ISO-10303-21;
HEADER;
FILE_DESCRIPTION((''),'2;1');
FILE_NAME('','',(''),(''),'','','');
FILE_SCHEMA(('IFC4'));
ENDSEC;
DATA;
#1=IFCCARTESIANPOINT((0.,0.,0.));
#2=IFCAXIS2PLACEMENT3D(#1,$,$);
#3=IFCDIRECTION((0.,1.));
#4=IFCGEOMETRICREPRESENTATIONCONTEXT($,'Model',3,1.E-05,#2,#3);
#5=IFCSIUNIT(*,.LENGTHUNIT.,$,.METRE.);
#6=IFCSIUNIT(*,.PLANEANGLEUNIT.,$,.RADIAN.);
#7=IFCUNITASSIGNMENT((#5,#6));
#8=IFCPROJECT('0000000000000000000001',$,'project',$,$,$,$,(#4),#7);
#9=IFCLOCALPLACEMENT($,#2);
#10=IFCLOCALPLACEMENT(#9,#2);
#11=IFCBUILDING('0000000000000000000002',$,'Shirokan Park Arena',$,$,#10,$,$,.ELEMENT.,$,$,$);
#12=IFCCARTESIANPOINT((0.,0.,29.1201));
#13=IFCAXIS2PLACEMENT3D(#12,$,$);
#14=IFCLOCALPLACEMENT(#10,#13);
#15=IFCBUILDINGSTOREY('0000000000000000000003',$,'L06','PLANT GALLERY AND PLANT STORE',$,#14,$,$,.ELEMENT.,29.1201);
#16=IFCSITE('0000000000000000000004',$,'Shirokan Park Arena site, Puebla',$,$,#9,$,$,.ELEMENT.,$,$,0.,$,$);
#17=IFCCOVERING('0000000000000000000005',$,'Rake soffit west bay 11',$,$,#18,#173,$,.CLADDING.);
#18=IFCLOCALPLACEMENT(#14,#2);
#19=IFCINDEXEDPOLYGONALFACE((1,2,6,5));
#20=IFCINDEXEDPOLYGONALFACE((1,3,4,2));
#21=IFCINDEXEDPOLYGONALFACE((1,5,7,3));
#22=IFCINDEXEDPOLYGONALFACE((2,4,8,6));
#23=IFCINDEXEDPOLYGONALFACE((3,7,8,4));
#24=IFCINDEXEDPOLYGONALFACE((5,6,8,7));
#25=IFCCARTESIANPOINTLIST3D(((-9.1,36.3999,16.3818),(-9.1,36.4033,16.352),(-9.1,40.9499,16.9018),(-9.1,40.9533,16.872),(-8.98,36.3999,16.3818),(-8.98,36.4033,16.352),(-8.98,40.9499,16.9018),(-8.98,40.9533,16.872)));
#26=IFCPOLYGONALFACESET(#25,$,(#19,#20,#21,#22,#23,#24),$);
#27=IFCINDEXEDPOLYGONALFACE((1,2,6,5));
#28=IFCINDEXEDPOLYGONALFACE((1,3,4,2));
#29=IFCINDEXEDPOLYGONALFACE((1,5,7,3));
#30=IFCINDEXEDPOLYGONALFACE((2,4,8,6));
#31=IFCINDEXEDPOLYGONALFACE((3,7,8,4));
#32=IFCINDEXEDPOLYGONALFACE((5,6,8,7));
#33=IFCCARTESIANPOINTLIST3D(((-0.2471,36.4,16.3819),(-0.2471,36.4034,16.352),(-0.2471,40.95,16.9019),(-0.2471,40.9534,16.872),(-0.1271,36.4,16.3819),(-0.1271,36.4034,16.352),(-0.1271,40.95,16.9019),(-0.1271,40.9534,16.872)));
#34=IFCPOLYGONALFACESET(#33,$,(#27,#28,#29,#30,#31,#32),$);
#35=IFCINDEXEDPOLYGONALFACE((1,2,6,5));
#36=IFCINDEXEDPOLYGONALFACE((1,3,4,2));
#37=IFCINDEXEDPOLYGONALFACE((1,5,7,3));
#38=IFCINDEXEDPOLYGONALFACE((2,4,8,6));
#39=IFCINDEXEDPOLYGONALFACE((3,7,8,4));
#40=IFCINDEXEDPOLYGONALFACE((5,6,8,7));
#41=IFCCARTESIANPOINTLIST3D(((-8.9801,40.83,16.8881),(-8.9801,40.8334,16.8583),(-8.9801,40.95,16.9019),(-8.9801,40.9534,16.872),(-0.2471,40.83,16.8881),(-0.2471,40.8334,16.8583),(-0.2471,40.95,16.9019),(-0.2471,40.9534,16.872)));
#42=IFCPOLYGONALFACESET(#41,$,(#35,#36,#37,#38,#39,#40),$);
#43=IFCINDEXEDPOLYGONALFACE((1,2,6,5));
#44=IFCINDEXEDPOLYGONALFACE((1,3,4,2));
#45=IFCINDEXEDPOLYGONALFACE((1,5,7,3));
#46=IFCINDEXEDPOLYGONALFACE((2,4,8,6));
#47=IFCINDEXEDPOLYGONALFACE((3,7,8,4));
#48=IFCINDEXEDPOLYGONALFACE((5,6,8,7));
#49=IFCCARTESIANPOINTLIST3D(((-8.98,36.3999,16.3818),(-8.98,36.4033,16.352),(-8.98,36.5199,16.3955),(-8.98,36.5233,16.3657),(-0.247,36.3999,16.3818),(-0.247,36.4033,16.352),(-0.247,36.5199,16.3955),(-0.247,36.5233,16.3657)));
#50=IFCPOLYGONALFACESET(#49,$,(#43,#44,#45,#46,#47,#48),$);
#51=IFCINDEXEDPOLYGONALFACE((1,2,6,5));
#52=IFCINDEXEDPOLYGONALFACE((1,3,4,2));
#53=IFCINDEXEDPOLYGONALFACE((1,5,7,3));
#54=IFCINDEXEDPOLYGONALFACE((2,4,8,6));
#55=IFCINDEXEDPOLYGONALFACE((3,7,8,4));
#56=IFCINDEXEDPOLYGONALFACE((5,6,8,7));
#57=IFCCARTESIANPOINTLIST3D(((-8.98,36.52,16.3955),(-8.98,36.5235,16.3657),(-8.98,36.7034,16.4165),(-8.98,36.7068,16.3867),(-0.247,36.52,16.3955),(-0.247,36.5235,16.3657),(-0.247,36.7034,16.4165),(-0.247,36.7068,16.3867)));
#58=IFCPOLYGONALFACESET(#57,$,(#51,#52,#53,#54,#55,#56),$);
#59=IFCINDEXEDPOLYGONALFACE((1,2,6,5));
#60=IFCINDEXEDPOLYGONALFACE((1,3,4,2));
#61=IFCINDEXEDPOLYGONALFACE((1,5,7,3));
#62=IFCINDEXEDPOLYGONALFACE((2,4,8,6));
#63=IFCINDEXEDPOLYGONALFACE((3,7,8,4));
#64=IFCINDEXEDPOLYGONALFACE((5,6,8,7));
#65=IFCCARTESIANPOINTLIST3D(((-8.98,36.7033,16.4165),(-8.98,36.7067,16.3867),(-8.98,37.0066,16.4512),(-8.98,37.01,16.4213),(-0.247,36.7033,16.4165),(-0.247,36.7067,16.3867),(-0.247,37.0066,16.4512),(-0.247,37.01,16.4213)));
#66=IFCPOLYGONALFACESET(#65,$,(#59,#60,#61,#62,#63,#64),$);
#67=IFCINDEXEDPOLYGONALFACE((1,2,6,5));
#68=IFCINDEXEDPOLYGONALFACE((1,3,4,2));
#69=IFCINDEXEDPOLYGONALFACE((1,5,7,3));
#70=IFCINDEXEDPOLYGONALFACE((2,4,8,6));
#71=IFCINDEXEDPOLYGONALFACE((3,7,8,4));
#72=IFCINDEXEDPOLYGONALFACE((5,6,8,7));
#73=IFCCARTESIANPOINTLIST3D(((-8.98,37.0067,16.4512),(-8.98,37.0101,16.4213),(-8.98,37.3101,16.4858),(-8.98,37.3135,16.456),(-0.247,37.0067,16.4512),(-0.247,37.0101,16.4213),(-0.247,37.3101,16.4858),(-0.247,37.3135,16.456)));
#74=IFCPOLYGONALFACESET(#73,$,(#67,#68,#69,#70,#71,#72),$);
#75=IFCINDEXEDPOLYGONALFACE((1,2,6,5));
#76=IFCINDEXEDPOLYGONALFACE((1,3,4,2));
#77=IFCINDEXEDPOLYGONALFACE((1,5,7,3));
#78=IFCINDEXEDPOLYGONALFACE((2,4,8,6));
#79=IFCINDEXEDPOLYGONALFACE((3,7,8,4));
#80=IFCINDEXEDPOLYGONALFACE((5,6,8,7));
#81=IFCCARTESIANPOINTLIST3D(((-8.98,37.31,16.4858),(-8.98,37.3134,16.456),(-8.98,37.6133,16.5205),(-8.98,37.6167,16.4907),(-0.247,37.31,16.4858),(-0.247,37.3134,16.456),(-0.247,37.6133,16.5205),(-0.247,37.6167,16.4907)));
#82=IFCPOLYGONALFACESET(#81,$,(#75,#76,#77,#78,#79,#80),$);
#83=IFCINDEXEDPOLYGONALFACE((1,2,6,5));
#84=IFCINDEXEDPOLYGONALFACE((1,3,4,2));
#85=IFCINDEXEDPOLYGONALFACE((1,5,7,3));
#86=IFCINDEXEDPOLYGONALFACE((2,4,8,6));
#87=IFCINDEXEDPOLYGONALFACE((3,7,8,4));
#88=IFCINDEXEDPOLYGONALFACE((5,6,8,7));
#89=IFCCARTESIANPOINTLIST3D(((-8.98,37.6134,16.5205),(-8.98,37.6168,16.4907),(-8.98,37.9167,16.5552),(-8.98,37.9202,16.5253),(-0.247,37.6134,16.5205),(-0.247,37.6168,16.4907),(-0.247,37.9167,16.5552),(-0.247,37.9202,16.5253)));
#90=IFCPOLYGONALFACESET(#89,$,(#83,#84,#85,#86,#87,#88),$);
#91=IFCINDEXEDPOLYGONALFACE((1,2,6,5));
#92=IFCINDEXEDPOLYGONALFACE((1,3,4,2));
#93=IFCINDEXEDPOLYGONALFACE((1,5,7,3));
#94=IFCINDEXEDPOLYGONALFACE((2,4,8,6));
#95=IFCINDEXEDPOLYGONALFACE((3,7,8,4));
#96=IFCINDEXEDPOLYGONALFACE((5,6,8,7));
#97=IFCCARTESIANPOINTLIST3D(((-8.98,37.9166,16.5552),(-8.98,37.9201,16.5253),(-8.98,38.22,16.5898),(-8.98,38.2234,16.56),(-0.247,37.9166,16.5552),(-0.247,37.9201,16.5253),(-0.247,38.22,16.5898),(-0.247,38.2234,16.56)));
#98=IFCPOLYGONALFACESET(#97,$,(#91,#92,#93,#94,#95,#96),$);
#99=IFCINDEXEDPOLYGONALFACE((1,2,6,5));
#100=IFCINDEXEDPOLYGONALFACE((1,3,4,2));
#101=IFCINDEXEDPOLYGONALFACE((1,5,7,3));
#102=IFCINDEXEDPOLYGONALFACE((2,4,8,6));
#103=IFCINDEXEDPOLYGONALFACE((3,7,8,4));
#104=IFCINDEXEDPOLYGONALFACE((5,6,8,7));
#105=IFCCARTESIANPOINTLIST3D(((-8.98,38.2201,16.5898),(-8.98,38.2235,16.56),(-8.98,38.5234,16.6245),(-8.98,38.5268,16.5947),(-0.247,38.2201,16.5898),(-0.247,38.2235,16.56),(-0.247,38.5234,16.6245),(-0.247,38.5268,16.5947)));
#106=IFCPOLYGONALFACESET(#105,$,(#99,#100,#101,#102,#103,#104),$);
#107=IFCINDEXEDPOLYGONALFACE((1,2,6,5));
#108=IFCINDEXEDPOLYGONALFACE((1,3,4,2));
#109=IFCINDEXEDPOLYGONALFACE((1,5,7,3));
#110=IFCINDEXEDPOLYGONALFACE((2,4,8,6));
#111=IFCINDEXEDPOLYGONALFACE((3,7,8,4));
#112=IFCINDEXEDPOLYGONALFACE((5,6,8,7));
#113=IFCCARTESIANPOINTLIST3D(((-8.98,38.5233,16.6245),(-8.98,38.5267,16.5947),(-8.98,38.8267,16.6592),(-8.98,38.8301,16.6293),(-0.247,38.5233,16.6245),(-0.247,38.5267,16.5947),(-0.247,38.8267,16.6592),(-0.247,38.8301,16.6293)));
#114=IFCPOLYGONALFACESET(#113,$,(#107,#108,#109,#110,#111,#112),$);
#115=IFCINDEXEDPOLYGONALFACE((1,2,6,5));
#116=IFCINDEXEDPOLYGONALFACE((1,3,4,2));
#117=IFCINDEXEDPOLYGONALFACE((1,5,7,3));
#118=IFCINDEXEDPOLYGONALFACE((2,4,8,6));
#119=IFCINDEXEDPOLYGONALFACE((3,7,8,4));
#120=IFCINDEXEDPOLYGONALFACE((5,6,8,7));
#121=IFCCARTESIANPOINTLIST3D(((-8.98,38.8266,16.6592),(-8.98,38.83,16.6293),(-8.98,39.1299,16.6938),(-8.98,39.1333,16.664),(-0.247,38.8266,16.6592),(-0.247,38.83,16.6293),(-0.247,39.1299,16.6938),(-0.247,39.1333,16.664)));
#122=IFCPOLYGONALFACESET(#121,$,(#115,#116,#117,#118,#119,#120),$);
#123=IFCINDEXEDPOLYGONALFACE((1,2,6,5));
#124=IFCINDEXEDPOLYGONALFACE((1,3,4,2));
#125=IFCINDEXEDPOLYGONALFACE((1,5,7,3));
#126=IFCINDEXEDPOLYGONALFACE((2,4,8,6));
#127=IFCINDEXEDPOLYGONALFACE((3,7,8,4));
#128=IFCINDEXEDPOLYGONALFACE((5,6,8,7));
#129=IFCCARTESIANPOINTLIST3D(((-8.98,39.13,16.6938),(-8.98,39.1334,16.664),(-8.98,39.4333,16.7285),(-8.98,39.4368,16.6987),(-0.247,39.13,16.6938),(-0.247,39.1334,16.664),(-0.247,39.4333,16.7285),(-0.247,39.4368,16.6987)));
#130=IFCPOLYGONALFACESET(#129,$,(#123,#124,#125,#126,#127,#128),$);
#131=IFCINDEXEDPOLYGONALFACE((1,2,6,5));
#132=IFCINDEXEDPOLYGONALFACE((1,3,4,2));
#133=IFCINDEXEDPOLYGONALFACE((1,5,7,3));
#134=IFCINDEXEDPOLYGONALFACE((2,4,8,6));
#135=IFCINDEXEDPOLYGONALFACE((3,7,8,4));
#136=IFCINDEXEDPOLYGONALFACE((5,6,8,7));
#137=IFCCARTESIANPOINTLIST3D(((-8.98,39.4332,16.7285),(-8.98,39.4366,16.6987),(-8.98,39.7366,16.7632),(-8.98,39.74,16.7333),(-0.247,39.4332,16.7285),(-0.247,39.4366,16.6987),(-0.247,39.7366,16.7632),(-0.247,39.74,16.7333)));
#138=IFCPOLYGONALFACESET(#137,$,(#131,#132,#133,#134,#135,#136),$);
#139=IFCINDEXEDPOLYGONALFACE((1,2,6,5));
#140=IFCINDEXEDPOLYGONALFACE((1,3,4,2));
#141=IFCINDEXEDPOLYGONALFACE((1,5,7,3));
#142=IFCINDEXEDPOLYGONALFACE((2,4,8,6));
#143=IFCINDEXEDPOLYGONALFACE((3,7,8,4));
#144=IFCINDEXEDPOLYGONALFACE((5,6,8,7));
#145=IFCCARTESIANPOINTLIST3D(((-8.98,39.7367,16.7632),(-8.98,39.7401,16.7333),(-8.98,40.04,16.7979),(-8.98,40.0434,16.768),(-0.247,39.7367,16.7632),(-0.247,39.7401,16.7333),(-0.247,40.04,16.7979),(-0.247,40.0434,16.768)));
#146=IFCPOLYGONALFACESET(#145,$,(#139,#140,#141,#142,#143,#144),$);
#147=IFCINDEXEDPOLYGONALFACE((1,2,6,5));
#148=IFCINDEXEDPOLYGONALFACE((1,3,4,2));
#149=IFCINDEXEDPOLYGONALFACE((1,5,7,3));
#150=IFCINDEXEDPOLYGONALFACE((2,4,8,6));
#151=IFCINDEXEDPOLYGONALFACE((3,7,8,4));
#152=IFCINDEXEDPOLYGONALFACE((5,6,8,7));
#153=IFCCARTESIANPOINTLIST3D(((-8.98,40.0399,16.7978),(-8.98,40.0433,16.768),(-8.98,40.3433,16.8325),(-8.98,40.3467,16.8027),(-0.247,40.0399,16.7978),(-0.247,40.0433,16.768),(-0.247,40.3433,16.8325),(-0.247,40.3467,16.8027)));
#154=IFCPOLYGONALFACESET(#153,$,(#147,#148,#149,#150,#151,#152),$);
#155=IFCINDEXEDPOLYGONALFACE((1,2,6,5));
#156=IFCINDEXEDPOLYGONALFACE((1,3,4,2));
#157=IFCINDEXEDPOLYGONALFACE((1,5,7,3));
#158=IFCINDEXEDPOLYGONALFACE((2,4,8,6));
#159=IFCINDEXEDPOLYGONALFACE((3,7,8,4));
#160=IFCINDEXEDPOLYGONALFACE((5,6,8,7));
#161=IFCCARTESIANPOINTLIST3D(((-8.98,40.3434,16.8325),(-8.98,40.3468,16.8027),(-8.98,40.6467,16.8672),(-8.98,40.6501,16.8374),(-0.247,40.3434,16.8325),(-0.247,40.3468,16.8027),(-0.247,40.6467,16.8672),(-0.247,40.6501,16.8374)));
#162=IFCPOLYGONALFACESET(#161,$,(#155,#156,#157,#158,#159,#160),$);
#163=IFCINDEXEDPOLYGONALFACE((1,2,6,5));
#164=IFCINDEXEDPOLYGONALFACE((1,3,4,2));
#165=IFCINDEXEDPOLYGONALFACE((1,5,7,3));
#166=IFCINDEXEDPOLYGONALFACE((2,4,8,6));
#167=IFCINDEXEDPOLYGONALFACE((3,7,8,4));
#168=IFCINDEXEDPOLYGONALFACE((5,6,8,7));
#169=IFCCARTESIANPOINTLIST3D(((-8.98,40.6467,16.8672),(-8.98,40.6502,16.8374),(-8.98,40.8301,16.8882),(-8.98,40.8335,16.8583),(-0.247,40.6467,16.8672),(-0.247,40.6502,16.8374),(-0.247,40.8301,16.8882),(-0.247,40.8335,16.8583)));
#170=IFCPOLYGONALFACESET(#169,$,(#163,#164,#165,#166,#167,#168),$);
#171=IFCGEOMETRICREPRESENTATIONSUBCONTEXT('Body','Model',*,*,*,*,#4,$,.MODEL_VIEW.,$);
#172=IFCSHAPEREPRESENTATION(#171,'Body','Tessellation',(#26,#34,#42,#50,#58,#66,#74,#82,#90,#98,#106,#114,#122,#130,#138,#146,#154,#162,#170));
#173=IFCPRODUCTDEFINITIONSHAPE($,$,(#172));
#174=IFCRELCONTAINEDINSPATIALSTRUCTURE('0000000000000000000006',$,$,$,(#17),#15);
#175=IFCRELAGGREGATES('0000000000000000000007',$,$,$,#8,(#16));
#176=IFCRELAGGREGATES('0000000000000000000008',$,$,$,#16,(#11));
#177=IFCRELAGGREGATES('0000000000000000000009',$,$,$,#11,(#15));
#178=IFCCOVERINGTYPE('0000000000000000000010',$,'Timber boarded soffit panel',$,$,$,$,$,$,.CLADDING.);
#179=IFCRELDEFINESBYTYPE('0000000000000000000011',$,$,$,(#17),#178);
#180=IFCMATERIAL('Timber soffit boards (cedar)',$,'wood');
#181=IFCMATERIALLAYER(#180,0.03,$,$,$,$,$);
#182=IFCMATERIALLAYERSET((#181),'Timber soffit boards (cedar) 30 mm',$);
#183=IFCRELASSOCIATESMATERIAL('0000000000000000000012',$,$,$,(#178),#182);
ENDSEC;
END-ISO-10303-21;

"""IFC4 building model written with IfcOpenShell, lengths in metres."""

from ifc_helpers import new_model, si_unit, direction, frame, origin, place, context, subcontext, project, spatial, polyline, outline, extrude, material, layer, layer_set, type_object, element, save


model = new_model("IFC4")

# Units and contexts
model_context = context("Model", 3, precision=1e-05, world=origin(), true_north=direction((0.0, 1.0)))
body_context = subcontext(model_context, "Body", "Model", "MODEL_VIEW")
ifc_project = project(units=[si_unit("LENGTHUNIT", "METRE"), si_unit("PLANEANGLEUNIT", "RADIAN")], contexts=[model_context])

# Site, building, storey
site_placement = place(None, origin())
site = spatial("IfcSite", under=ifc_project, at=site_placement, Name="Shirokan Park Arena site, Puebla", CompositionType="ELEMENT", RefElevation=0.0)
building_placement = place(site_placement, origin())
building = spatial("IfcBuilding", under=site, at=building_placement, Name="Shirokan Park Arena", CompositionType="ELEMENT")
storey_placement = place(building_placement, frame((0.0, 0.0, 29.1201)))
storey = spatial("IfcBuildingStorey", under=building, at=storey_placement, Name="L06", Description="PLANT GALLERY AND PLANT STORE", CompositionType="ELEMENT", Elevation=29.1201)

# Covering
ifc_material = material(Name="Timber soffit boards (cedar)", Category="wood")
ifc_layer = layer(ifc_material, 0.03)
ifc_layer_set = layer_set([ifc_layer], Name="Timber soffit boards (cedar) 30 mm")
covering_type = type_object("IfcCoveringType", Name="Timber boarded soffit panel", PredefinedType="CLADDING", material=ifc_layer_set)
covering_1_placement = place(storey_placement, origin())
element("IfcCovering", 1, at=covering_1_placement, inside=storey, type_object=covering_type, Name="Rake soffit west bay 11", PredefinedType="CLADDING", context=body_context, shape_type="SweptSolid", body=[
    extrude(outline(polyline([(0.0, 0.0), (0.12, 0.0), (0.12, -4.5796), (0.0, -4.5796), (0.0, 0.0)])), frame((-8.98, 36.3999, 16.3818), z_axis=(0.0, -0.113547, 0.993533), x_axis=(-1.0, 0.0, 0.0)), (0.0, 0.0, -1.0), 0.03),
    extrude(outline(polyline([(0.0, 0.0), (0.12, 0.0), (0.12, -4.5796), (0.0, -4.5796), (0.0, 0.0)])), frame((-0.2471, 40.95, 16.9019), z_axis=(0.0, -0.113547, 0.993533), x_axis=(1.0, 0.0, 0.0)), (0.0, 0.0, -1.0), 0.03),
    extrude(outline(polyline([(0.0, 0.0), (0.1208, 0.0), (0.1208, -8.733), (0.0, -8.733), (0.0, 0.0)])), frame((-0.2471, 40.95, 16.9019), z_axis=(0.0, -0.113512, 0.993537), x_axis=(0.0, -0.993537, -0.113512)), (0.0, 0.0, -1.0), 0.03),
    extrude(outline(polyline([(0.0, 0.0), (0.1208, 0.0), (0.1208, -8.733), (0.0, -8.733), (0.0, 0.0)])), frame((-8.98, 36.3999, 16.3818), z_axis=(0.0, -0.113512, 0.993537), x_axis=(0.0, 0.993537, 0.113512)), (0.0, 0.0, -1.0), 0.03),
    extrude(outline(polyline([(0.0, 0.0), (8.733, 0.0), (8.733, -0.1845), (0.0, -0.1845), (0.0, 0.0)])), frame((-8.98, 36.7034, 16.4165), z_axis=(0.0, -0.113589, 0.993528), x_axis=(1.0, 0.0, 0.0)), (0.0, 0.0, -1.0), 0.03),
    extrude(outline(polyline([(0.0, 0.0), (8.733, 0.0), (8.733, -0.3053), (0.0, -0.3053), (0.0, 0.0)])), frame((-8.98, 37.0066, 16.4512), z_axis=(0.0, -0.113523, 0.993535), x_axis=(1.0, 0.0, 0.0)), (0.0, 0.0, -1.0), 0.03),
    extrude(outline(polyline([(0.0, 0.0), (8.733, 0.0), (8.733, -0.3053), (0.0, -0.3053), (0.0, 0.0)])), frame((-8.98, 37.3101, 16.4858), z_axis=(0.0, -0.113559, 0.993531), x_axis=(1.0, 0.0, 0.0)), (0.0, 0.0, -1.0), 0.03),
    extrude(outline(polyline([(0.0, 0.0), (8.733, 0.0), (8.733, -0.3053), (0.0, -0.3053), (0.0, 0.0)])), frame((-8.98, 37.6133, 16.5205), z_axis=(0.0, -0.113559, 0.993531), x_axis=(1.0, 0.0, 0.0)), (0.0, 0.0, -1.0), 0.03),
    extrude(outline(polyline([(0.0, 0.0), (8.733, 0.0), (8.733, -0.3053), (0.0, -0.3053), (0.0, 0.0)])), frame((-8.98, 37.9167, 16.5552), z_axis=(0.0, -0.113523, 0.993535), x_axis=(1.0, 0.0, 0.0)), (0.0, 0.0, -1.0), 0.03),
    extrude(outline(polyline([(0.0, 0.0), (8.733, 0.0), (8.733, -0.3053), (0.0, -0.3053), (0.0, 0.0)])), frame((-8.98, 38.22, 16.5898), z_axis=(0.0, -0.113559, 0.993531), x_axis=(1.0, 0.0, 0.0)), (0.0, 0.0, -1.0), 0.03),
    extrude(outline(polyline([(0.0, 0.0), (8.733, 0.0), (8.733, -0.3053), (0.0, -0.3053), (0.0, 0.0)])), frame((-8.98, 38.5234, 16.6245), z_axis=(0.0, -0.113559, 0.993531), x_axis=(1.0, 0.0, 0.0)), (0.0, 0.0, -1.0), 0.03),
    extrude(outline(polyline([(0.0, 0.0), (8.733, 0.0), (8.733, -0.3053), (0.0, -0.3053), (0.0, 0.0)])), frame((-8.98, 38.8267, 16.6592), z_axis=(0.0, -0.113523, 0.993535), x_axis=(1.0, 0.0, 0.0)), (0.0, 0.0, -1.0), 0.03),
    extrude(outline(polyline([(0.0, 0.0), (8.733, 0.0), (8.733, -0.3053), (0.0, -0.3053), (0.0, 0.0)])), frame((-8.98, 39.1299, 16.6938), z_axis=(0.0, -0.113559, 0.993531), x_axis=(1.0, 0.0, 0.0)), (0.0, 0.0, -1.0), 0.03),
    extrude(outline(polyline([(0.0, 0.0), (8.733, 0.0), (8.733, -0.3053), (0.0, -0.3053), (0.0, 0.0)])), frame((-8.98, 39.4333, 16.7285), z_axis=(0.0, -0.113559, 0.993531), x_axis=(1.0, 0.0, 0.0)), (0.0, 0.0, -1.0), 0.03),
    extrude(outline(polyline([(0.0, 0.0), (8.733, 0.0), (8.733, -0.3053), (0.0, -0.3053), (0.0, 0.0)])), frame((-8.98, 39.7366, 16.7632), z_axis=(0.0, -0.113523, 0.993535), x_axis=(1.0, 0.0, 0.0)), (0.0, 0.0, -1.0), 0.03),
    extrude(outline(polyline([(0.0, 0.0), (8.733, 0.0), (8.733, -0.3053), (0.0, -0.3053), (0.0, 0.0)])), frame((-8.98, 40.04, 16.7979), z_axis=(0.0, -0.113559, 0.993531), x_axis=(1.0, 0.0, 0.0)), (0.0, 0.0, -1.0), 0.03),
    extrude(outline(polyline([(0.0, 0.0), (8.733, 0.0), (8.733, -0.3053), (0.0, -0.3053), (0.0, 0.0)])), frame((-8.98, 40.3433, 16.8325), z_axis=(0.0, -0.113559, 0.993531), x_axis=(1.0, 0.0, 0.0)), (0.0, 0.0, -1.0), 0.03),
    extrude(outline(polyline([(0.0, 0.0), (8.733, 0.0), (8.733, -0.3053), (0.0, -0.3053), (0.0, 0.0)])), frame((-8.98, 40.6467, 16.8672), z_axis=(0.0, -0.113523, 0.993535), x_axis=(1.0, 0.0, 0.0)), (0.0, 0.0, -1.0), 0.03),
    extrude(outline(polyline([(0.0, 0.0), (8.733, 0.0), (8.733, -0.1845), (0.0, -0.1845), (0.0, 0.0)])), frame((-8.98, 40.8301, 16.8882), z_axis=(0.0, -0.113589, 0.993528), x_axis=(1.0, 0.0, 0.0)), (0.0, 0.0, -1.0), 0.03),
])

save(model, "model.ifc")
